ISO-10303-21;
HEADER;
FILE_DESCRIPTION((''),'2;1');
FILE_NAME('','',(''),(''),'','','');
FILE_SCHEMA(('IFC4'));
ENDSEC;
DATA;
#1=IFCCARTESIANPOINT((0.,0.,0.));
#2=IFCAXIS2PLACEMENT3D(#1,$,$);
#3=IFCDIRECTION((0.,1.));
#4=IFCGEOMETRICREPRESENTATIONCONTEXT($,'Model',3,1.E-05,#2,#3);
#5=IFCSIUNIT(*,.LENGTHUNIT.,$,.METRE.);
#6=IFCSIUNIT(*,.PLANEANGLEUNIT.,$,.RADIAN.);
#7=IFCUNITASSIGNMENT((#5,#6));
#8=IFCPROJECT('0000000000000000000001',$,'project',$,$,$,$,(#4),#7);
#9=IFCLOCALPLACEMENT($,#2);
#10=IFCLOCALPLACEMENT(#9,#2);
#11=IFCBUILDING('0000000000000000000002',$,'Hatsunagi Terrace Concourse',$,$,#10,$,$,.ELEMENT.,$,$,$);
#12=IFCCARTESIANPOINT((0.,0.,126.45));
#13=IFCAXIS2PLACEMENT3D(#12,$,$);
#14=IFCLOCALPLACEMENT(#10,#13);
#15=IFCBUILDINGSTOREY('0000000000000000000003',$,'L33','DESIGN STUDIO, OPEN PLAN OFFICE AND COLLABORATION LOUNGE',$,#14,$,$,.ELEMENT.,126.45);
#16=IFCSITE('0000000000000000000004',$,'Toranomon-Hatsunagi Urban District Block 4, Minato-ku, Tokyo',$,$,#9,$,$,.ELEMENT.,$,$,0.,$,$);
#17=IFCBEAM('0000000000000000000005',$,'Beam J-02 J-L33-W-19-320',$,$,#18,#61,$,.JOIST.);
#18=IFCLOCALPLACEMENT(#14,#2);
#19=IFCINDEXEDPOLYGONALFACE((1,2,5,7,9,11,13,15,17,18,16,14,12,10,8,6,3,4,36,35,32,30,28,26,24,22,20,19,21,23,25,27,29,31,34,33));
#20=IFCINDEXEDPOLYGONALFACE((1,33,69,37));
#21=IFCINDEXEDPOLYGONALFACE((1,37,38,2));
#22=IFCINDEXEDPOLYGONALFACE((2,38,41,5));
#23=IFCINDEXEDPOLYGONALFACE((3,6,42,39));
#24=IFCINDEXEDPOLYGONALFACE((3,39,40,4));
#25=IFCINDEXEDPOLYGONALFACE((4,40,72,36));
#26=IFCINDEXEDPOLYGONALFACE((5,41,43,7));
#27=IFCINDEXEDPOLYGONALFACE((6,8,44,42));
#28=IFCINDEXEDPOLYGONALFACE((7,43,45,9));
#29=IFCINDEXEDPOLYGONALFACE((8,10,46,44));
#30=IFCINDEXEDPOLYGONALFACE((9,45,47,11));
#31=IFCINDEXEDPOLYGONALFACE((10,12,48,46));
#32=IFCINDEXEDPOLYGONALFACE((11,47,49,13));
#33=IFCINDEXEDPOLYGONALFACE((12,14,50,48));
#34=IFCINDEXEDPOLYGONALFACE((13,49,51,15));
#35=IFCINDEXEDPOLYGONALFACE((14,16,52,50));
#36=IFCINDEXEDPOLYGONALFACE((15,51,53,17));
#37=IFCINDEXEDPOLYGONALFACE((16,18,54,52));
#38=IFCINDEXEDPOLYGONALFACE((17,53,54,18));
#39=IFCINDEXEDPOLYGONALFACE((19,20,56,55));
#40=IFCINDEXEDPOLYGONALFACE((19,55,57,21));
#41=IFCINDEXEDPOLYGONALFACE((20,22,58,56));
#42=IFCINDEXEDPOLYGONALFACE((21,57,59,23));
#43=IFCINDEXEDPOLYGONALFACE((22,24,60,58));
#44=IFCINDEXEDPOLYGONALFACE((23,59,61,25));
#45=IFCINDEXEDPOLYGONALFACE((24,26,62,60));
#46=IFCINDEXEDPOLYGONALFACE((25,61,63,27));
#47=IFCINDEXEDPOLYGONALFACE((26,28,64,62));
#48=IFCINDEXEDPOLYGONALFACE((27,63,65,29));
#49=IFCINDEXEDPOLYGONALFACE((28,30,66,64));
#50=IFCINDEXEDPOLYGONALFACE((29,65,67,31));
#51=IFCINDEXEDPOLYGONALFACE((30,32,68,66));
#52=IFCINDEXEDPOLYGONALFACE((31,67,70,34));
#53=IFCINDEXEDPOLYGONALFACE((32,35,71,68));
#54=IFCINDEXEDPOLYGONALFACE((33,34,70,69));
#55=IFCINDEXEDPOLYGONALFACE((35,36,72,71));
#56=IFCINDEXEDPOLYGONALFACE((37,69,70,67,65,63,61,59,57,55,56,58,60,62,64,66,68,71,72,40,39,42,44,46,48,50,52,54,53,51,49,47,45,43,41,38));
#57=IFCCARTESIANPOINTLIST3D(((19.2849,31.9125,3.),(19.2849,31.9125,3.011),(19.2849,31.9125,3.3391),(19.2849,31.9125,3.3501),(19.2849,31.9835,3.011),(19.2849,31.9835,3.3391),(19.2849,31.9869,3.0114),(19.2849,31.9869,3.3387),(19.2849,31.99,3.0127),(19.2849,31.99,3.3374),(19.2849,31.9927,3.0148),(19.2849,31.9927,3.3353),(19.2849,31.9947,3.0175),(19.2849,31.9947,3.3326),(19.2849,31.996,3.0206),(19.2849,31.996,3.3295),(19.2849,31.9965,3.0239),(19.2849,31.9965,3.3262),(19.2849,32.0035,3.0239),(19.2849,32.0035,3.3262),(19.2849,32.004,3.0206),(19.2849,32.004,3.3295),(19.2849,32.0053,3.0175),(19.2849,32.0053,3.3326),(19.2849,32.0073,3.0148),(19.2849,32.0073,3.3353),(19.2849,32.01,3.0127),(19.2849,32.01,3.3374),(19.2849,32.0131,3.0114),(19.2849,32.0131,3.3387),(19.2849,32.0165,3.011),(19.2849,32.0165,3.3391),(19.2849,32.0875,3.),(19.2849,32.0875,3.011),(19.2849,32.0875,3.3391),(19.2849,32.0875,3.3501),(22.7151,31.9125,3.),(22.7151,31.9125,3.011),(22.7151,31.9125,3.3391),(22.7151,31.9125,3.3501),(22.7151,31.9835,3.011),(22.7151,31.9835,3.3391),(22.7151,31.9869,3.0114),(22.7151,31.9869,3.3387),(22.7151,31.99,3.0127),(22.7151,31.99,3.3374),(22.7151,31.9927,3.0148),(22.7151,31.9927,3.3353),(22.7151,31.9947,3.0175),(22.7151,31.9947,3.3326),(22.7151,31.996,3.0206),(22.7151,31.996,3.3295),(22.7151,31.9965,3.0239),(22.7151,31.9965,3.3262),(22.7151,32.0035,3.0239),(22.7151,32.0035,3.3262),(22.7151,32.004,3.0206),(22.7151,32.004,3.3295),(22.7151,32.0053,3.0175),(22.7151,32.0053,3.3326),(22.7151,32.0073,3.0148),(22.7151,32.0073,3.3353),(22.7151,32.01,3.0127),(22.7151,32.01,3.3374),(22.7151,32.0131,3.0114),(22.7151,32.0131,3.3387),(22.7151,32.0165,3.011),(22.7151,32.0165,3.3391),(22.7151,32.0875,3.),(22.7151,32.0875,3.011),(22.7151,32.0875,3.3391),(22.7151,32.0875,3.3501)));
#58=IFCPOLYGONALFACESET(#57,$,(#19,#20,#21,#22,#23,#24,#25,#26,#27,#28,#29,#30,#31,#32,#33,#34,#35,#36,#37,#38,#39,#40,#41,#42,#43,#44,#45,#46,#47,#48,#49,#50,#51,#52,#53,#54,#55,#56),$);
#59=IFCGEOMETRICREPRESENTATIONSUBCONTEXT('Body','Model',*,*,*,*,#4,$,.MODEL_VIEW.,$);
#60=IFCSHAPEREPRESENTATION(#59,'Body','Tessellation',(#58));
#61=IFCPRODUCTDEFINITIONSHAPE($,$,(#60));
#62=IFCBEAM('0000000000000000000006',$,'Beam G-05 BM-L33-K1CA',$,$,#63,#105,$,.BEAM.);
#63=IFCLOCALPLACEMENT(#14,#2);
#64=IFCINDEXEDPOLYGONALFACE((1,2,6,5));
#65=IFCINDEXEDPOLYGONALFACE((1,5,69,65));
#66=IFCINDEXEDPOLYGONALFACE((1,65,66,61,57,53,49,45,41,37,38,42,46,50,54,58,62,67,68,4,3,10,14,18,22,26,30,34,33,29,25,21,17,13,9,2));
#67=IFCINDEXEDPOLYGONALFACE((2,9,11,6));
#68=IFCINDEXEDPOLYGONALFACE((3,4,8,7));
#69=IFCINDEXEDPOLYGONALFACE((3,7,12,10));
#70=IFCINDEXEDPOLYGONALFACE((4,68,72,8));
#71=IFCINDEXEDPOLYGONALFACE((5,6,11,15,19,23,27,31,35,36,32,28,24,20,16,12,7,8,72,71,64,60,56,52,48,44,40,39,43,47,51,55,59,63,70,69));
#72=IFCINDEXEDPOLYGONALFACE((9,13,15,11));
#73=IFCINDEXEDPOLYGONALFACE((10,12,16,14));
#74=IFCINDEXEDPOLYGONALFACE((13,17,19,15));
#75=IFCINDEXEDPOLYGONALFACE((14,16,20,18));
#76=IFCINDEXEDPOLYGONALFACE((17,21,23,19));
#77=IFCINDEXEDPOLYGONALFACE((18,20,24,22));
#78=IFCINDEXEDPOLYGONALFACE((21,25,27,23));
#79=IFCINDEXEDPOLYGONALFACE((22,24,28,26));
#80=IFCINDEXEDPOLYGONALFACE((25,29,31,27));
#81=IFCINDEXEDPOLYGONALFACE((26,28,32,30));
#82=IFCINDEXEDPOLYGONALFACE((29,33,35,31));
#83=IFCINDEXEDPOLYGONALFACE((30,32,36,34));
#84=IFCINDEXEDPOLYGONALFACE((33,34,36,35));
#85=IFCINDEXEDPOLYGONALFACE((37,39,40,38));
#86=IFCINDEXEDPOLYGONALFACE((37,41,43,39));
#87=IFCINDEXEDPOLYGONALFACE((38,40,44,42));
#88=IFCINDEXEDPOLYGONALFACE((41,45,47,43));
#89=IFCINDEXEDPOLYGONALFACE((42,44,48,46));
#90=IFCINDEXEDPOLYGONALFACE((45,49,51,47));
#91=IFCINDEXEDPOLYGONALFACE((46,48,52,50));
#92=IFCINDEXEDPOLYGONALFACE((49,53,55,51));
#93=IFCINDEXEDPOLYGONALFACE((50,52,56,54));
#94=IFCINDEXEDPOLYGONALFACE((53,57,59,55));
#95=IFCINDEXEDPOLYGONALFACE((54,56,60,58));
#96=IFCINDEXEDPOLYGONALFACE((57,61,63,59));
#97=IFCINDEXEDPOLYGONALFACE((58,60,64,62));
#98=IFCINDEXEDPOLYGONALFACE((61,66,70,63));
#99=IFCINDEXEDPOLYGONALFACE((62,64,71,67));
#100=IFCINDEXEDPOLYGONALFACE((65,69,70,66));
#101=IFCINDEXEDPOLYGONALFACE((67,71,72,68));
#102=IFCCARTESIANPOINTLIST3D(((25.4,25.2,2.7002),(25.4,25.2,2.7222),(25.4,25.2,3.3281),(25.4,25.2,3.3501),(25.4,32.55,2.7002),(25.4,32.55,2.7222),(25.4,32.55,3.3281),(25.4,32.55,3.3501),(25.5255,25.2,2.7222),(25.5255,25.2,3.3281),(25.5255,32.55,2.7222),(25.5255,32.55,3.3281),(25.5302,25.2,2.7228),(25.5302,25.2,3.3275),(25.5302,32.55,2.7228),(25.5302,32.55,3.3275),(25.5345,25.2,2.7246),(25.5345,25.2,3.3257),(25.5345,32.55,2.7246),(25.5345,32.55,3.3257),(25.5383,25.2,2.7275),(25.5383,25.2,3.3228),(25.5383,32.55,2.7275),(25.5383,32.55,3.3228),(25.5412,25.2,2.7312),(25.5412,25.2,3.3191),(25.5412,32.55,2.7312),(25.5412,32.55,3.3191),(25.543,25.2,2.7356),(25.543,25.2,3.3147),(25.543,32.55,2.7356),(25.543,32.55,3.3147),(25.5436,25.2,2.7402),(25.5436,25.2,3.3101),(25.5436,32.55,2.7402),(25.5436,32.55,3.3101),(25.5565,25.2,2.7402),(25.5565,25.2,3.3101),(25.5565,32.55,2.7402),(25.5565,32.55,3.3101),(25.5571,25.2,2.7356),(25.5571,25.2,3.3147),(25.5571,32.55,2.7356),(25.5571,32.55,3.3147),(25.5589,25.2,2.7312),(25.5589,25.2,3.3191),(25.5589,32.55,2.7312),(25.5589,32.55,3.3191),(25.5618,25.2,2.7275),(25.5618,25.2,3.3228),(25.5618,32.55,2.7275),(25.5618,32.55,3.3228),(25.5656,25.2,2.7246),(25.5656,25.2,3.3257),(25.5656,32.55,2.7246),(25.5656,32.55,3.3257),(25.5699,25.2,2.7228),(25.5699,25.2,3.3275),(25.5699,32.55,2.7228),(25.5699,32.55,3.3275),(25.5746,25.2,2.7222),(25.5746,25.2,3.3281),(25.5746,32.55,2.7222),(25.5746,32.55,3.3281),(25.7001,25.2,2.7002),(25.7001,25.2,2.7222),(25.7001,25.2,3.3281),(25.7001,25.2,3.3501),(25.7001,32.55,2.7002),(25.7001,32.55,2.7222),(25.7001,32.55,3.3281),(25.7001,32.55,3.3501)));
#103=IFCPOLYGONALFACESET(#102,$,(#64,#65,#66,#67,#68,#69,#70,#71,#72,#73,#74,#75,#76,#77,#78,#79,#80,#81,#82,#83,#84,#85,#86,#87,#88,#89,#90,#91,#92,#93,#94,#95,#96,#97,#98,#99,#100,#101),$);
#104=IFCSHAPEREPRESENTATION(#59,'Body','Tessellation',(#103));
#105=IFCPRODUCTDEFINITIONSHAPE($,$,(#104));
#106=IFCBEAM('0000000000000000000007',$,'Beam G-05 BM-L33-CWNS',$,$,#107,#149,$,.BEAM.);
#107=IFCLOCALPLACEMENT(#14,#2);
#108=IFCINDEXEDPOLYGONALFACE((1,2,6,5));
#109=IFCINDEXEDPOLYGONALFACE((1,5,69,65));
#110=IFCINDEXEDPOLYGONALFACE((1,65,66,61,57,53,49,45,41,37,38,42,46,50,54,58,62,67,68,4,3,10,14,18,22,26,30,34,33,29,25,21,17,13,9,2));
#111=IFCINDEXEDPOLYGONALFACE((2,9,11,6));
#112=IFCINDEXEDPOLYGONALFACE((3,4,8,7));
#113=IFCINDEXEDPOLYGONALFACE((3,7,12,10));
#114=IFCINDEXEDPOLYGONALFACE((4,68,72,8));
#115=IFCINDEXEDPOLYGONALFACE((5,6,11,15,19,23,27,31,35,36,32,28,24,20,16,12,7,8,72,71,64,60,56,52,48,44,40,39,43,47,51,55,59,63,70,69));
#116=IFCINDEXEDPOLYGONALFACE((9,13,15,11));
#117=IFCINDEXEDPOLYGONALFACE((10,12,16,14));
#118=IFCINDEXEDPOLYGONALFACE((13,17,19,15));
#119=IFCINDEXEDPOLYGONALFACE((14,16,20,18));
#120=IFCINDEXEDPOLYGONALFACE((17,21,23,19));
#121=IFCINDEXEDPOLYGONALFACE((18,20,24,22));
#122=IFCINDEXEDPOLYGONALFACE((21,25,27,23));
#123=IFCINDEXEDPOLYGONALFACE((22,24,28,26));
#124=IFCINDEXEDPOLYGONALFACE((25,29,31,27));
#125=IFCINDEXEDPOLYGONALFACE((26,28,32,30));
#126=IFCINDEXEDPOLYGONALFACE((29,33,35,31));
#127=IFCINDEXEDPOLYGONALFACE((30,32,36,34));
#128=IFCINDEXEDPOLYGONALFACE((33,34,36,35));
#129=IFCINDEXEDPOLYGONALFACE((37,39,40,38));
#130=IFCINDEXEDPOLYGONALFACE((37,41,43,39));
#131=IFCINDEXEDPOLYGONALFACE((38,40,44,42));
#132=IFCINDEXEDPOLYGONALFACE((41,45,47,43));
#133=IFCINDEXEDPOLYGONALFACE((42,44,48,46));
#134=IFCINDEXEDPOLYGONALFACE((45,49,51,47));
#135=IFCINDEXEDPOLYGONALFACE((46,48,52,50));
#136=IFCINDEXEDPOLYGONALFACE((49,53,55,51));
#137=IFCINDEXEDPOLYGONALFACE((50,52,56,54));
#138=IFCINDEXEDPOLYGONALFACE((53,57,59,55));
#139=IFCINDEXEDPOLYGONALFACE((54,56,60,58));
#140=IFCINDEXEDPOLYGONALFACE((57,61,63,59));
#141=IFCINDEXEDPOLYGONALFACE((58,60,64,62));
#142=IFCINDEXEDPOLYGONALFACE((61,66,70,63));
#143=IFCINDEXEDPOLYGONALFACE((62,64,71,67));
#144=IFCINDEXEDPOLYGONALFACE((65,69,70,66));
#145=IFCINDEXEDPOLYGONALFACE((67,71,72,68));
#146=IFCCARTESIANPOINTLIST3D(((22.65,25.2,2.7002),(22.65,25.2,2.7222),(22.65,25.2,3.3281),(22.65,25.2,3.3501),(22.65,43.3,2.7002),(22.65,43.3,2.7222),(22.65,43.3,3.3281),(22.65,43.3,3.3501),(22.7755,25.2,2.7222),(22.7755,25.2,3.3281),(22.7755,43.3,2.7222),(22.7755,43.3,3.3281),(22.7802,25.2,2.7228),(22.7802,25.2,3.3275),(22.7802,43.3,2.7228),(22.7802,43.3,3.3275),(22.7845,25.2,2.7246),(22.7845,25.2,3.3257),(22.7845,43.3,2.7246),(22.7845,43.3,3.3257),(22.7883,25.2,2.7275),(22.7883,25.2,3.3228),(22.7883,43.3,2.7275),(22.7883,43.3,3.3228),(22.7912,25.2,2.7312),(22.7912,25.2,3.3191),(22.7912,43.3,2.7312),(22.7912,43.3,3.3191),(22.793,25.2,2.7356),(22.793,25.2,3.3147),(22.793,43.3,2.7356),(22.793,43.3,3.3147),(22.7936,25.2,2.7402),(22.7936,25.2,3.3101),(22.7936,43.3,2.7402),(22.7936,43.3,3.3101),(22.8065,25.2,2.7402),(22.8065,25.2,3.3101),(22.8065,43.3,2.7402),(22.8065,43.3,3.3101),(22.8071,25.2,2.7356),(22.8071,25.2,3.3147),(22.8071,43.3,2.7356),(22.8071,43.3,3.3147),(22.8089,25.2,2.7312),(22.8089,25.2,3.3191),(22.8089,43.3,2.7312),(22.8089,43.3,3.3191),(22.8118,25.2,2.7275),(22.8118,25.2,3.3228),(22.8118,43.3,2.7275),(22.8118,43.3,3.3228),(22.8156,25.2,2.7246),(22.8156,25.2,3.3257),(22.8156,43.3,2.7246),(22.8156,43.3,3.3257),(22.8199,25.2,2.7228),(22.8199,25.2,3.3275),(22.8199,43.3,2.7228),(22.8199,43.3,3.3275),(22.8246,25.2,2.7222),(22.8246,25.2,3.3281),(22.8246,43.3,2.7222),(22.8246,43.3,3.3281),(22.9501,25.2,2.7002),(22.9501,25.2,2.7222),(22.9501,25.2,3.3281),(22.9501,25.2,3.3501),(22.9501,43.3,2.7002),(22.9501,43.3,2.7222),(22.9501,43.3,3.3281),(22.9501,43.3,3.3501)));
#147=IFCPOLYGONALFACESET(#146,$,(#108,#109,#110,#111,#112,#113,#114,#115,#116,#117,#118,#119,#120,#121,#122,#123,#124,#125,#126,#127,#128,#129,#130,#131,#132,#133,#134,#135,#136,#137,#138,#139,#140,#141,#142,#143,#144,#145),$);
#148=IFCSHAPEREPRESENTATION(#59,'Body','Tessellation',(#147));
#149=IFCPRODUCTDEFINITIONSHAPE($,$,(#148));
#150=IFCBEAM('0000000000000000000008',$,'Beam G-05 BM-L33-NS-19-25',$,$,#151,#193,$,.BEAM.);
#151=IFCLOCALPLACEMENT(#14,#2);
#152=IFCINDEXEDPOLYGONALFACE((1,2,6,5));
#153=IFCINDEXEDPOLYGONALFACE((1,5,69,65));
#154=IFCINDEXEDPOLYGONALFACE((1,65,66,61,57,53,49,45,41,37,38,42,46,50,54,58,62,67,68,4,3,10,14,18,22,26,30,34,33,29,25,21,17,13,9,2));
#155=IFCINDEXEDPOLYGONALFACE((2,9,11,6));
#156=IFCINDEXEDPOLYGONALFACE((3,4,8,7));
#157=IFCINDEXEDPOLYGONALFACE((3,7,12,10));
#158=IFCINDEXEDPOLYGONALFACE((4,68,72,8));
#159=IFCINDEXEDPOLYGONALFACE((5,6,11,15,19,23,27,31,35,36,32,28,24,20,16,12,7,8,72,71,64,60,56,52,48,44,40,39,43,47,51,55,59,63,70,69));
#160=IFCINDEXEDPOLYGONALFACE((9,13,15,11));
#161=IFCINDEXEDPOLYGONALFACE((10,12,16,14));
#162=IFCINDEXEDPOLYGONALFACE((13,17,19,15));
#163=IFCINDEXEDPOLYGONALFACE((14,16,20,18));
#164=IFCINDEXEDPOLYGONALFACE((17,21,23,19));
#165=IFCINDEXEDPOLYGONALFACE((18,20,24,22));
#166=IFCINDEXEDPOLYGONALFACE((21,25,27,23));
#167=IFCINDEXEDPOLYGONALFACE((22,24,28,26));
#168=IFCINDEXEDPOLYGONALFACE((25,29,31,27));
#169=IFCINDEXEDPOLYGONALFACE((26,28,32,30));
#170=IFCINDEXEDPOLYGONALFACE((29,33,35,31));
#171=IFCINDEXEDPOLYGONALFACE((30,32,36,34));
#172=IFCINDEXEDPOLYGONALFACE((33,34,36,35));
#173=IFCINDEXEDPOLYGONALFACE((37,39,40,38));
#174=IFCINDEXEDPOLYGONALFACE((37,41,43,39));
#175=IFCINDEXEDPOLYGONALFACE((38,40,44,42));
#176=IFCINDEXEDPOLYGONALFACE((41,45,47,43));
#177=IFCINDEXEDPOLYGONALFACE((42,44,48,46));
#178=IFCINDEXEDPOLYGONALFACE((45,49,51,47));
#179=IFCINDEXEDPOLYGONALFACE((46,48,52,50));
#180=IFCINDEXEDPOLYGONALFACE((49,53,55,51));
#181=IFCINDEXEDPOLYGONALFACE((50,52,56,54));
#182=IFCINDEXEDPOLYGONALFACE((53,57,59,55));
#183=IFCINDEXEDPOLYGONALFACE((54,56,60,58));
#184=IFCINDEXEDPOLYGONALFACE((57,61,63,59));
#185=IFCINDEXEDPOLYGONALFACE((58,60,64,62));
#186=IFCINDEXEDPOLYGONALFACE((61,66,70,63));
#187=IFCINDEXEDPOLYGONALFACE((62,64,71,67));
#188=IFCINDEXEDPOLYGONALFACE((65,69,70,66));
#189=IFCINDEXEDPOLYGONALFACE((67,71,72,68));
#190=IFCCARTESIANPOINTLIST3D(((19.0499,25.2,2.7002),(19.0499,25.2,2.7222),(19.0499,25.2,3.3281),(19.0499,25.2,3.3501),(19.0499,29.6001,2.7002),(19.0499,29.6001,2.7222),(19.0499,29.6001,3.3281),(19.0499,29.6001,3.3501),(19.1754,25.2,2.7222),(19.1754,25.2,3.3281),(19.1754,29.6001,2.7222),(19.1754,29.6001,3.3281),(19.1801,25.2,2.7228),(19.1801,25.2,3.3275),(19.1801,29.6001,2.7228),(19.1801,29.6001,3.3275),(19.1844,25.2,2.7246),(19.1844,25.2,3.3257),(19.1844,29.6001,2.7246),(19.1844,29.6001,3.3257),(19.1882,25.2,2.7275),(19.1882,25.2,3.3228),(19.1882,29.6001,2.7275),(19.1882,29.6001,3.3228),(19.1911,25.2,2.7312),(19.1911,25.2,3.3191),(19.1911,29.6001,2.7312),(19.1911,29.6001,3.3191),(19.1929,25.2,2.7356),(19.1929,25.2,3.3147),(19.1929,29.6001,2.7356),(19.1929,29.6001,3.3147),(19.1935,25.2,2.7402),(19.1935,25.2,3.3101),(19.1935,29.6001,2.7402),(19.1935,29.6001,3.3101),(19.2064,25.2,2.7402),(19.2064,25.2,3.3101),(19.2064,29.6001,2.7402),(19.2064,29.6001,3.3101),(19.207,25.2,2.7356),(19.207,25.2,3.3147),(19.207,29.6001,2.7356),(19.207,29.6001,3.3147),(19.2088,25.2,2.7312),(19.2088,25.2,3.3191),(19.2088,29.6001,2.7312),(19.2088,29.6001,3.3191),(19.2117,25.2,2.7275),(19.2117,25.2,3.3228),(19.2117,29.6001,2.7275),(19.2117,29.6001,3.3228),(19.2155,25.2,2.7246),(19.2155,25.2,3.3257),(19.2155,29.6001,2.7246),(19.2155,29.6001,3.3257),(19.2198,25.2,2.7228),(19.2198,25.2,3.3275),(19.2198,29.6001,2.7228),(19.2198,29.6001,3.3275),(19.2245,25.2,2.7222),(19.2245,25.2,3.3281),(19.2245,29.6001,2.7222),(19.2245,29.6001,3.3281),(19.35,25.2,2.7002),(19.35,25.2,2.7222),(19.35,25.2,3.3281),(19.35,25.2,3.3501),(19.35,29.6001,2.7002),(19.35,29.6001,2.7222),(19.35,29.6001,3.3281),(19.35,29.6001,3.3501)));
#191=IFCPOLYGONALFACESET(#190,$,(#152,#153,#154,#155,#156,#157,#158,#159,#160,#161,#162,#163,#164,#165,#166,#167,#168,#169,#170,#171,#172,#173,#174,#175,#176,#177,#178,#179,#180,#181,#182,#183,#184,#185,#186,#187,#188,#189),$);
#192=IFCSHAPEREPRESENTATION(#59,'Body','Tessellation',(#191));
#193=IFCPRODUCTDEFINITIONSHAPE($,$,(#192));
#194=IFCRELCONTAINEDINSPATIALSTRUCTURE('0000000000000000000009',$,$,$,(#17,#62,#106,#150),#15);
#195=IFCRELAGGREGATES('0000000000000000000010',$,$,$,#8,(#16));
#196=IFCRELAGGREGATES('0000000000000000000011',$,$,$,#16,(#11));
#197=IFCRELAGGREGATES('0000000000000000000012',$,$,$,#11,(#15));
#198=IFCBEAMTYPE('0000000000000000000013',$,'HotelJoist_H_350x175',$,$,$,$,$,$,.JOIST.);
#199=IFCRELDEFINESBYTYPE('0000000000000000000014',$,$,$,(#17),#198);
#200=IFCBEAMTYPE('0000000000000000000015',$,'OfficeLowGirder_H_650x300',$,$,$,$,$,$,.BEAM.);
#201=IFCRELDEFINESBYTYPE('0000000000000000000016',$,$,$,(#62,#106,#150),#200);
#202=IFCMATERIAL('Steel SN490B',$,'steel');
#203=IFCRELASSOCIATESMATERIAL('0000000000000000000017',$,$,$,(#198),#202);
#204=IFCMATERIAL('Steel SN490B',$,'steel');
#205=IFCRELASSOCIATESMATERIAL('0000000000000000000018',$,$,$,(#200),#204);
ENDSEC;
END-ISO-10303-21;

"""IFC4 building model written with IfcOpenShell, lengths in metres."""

from ifc_helpers import new_model, si_unit, direction, frame, origin, origin_2d, place, context, subcontext, project, spatial, i_section, extrude, material, material_profile, profile_set, type_object, element, save


model = new_model("IFC4")

# Units and contexts
model_context = context("Model", 3, precision=1e-05, world=origin(), true_north=direction((0.0, 1.0)))
body_context = subcontext(model_context, "Body", "Model", "MODEL_VIEW")
ifc_project = project(units=[si_unit("LENGTHUNIT", "METRE"), si_unit("PLANEANGLEUNIT", "RADIAN")], contexts=[model_context])

# Site, building, storey
site_placement = place(None, origin())
site = spatial("IfcSite", under=ifc_project, at=site_placement, Name="Toranomon-Hatsunagi Urban District Block 4, Minato-ku, Tokyo", CompositionType="ELEMENT", RefElevation=0.0)
building_placement = place(site_placement, origin())
building = spatial("IfcBuilding", under=site, at=building_placement, Name="Hatsunagi Terrace Concourse", CompositionType="ELEMENT")
storey_placement = place(building_placement, frame((0.0, 0.0, 126.45)))
storey = spatial("IfcBuildingStorey", under=building, at=storey_placement, Name="L33", Description="DESIGN STUDIO, OPEN PLAN OFFICE AND COLLABORATION LOUNGE", CompositionType="ELEMENT", Elevation=126.45)

# Beams
ifc_material_1 = material(Name="Steel SN490B", Category="steel")
ifc_material_profile_1 = material_profile(ifc_material_1, i_section(OverallWidth=0.175, OverallDepth=0.3501, WebThickness=0.0071, FlangeThickness=0.011, FilletRadius=0.0129, at=origin_2d()), Name="H-350x175x7x11")
ifc_profile_set_1 = profile_set([ifc_material_profile_1], Name="Steel SN490B")
beam_type_1 = type_object("IfcBeamType", Name="HotelJoist_H_350x175", PredefinedType="JOIST", material=ifc_profile_set_1)
for number, where, z_axis, x_axis, name in (
    (1, (19.2849, 32.0, 3.175), (1.0, 0.0, 0.0), (0.0, 1.0, 0.0), "Beam J-02 J-L33-W-19-320"),
):
    element("IfcBeam", number, at=place(storey_placement, frame(where, z_axis=z_axis, x_axis=x_axis)), inside=storey, type_object=beam_type_1, Name=name, PredefinedType="JOIST", context=body_context, shape_type="SweptSolid", body=[
        extrude(i_section(OverallWidth=0.175, OverallDepth=0.3501, WebThickness=0.0071, FlangeThickness=0.011, FilletRadius=0.0129, at=origin_2d()), origin(), (0.0, 0.0, 1.0), 3.4302),
    ])
ifc_material_2 = material(Name="Steel SN490B", Category="steel")
ifc_material_profile_2 = material_profile(ifc_material_2, i_section(OverallWidth=0.3, OverallDepth=0.6499, WebThickness=0.0129, FlangeThickness=0.022, FilletRadius=0.0181, at=origin_2d()), Name="H-650x300x13x22")
ifc_profile_set_2 = profile_set([ifc_material_profile_2], Name="Steel SN490B")
beam_type_2 = type_object("IfcBeamType", Name="OfficeLowGirder_H_650x300", PredefinedType="BEAM", material=ifc_profile_set_2)
beam_1_placement = place(storey_placement, frame((25.55, 25.2, 3.0251), z_axis=(0.0, 1.0, 0.0), x_axis=(-1.0, 0.0, 0.0)))
element("IfcBeam", 2, at=beam_1_placement, inside=storey, type_object=beam_type_2, Name="Beam G-05 BM-L33-K1CA", PredefinedType="BEAM", context=body_context, shape_type="SweptSolid", body=[
    extrude(i_section(OverallWidth=0.3, OverallDepth=0.6499, WebThickness=0.0129, FlangeThickness=0.022, FilletRadius=0.0181, at=origin_2d()), origin(), (0.0, 0.0, 1.0), 7.3501),
])
beam_2_placement = place(storey_placement, frame((22.8, 25.2, 3.0251), z_axis=(0.0, 1.0, 0.0), x_axis=(-1.0, 0.0, 0.0)))
element("IfcBeam", 3, at=beam_2_placement, inside=storey, type_object=beam_type_2, Name="Beam G-05 BM-L33-CWNS", PredefinedType="BEAM", context=body_context, shape_type="SweptSolid", body=[
    extrude(i_section(OverallWidth=0.3, OverallDepth=0.6499, WebThickness=0.0129, FlangeThickness=0.022, FilletRadius=0.0181, at=origin_2d()), origin(), (0.0, 0.0, 1.0), 18.1001),
])
beam_3_placement = place(storey_placement, frame((19.2, 25.2, 3.0251), z_axis=(0.0, 1.0, 0.0), x_axis=(-1.0, 0.0, 0.0)))
element("IfcBeam", 4, at=beam_3_placement, inside=storey, type_object=beam_type_2, Name="Beam G-05 BM-L33-NS-19-25", PredefinedType="BEAM", context=body_context, shape_type="SweptSolid", body=[
    extrude(i_section(OverallWidth=0.3, OverallDepth=0.6499, WebThickness=0.0129, FlangeThickness=0.022, FilletRadius=0.0181, at=origin_2d()), origin(), (0.0, 0.0, 1.0), 4.4001),
])

save(model, "model.ifc")
